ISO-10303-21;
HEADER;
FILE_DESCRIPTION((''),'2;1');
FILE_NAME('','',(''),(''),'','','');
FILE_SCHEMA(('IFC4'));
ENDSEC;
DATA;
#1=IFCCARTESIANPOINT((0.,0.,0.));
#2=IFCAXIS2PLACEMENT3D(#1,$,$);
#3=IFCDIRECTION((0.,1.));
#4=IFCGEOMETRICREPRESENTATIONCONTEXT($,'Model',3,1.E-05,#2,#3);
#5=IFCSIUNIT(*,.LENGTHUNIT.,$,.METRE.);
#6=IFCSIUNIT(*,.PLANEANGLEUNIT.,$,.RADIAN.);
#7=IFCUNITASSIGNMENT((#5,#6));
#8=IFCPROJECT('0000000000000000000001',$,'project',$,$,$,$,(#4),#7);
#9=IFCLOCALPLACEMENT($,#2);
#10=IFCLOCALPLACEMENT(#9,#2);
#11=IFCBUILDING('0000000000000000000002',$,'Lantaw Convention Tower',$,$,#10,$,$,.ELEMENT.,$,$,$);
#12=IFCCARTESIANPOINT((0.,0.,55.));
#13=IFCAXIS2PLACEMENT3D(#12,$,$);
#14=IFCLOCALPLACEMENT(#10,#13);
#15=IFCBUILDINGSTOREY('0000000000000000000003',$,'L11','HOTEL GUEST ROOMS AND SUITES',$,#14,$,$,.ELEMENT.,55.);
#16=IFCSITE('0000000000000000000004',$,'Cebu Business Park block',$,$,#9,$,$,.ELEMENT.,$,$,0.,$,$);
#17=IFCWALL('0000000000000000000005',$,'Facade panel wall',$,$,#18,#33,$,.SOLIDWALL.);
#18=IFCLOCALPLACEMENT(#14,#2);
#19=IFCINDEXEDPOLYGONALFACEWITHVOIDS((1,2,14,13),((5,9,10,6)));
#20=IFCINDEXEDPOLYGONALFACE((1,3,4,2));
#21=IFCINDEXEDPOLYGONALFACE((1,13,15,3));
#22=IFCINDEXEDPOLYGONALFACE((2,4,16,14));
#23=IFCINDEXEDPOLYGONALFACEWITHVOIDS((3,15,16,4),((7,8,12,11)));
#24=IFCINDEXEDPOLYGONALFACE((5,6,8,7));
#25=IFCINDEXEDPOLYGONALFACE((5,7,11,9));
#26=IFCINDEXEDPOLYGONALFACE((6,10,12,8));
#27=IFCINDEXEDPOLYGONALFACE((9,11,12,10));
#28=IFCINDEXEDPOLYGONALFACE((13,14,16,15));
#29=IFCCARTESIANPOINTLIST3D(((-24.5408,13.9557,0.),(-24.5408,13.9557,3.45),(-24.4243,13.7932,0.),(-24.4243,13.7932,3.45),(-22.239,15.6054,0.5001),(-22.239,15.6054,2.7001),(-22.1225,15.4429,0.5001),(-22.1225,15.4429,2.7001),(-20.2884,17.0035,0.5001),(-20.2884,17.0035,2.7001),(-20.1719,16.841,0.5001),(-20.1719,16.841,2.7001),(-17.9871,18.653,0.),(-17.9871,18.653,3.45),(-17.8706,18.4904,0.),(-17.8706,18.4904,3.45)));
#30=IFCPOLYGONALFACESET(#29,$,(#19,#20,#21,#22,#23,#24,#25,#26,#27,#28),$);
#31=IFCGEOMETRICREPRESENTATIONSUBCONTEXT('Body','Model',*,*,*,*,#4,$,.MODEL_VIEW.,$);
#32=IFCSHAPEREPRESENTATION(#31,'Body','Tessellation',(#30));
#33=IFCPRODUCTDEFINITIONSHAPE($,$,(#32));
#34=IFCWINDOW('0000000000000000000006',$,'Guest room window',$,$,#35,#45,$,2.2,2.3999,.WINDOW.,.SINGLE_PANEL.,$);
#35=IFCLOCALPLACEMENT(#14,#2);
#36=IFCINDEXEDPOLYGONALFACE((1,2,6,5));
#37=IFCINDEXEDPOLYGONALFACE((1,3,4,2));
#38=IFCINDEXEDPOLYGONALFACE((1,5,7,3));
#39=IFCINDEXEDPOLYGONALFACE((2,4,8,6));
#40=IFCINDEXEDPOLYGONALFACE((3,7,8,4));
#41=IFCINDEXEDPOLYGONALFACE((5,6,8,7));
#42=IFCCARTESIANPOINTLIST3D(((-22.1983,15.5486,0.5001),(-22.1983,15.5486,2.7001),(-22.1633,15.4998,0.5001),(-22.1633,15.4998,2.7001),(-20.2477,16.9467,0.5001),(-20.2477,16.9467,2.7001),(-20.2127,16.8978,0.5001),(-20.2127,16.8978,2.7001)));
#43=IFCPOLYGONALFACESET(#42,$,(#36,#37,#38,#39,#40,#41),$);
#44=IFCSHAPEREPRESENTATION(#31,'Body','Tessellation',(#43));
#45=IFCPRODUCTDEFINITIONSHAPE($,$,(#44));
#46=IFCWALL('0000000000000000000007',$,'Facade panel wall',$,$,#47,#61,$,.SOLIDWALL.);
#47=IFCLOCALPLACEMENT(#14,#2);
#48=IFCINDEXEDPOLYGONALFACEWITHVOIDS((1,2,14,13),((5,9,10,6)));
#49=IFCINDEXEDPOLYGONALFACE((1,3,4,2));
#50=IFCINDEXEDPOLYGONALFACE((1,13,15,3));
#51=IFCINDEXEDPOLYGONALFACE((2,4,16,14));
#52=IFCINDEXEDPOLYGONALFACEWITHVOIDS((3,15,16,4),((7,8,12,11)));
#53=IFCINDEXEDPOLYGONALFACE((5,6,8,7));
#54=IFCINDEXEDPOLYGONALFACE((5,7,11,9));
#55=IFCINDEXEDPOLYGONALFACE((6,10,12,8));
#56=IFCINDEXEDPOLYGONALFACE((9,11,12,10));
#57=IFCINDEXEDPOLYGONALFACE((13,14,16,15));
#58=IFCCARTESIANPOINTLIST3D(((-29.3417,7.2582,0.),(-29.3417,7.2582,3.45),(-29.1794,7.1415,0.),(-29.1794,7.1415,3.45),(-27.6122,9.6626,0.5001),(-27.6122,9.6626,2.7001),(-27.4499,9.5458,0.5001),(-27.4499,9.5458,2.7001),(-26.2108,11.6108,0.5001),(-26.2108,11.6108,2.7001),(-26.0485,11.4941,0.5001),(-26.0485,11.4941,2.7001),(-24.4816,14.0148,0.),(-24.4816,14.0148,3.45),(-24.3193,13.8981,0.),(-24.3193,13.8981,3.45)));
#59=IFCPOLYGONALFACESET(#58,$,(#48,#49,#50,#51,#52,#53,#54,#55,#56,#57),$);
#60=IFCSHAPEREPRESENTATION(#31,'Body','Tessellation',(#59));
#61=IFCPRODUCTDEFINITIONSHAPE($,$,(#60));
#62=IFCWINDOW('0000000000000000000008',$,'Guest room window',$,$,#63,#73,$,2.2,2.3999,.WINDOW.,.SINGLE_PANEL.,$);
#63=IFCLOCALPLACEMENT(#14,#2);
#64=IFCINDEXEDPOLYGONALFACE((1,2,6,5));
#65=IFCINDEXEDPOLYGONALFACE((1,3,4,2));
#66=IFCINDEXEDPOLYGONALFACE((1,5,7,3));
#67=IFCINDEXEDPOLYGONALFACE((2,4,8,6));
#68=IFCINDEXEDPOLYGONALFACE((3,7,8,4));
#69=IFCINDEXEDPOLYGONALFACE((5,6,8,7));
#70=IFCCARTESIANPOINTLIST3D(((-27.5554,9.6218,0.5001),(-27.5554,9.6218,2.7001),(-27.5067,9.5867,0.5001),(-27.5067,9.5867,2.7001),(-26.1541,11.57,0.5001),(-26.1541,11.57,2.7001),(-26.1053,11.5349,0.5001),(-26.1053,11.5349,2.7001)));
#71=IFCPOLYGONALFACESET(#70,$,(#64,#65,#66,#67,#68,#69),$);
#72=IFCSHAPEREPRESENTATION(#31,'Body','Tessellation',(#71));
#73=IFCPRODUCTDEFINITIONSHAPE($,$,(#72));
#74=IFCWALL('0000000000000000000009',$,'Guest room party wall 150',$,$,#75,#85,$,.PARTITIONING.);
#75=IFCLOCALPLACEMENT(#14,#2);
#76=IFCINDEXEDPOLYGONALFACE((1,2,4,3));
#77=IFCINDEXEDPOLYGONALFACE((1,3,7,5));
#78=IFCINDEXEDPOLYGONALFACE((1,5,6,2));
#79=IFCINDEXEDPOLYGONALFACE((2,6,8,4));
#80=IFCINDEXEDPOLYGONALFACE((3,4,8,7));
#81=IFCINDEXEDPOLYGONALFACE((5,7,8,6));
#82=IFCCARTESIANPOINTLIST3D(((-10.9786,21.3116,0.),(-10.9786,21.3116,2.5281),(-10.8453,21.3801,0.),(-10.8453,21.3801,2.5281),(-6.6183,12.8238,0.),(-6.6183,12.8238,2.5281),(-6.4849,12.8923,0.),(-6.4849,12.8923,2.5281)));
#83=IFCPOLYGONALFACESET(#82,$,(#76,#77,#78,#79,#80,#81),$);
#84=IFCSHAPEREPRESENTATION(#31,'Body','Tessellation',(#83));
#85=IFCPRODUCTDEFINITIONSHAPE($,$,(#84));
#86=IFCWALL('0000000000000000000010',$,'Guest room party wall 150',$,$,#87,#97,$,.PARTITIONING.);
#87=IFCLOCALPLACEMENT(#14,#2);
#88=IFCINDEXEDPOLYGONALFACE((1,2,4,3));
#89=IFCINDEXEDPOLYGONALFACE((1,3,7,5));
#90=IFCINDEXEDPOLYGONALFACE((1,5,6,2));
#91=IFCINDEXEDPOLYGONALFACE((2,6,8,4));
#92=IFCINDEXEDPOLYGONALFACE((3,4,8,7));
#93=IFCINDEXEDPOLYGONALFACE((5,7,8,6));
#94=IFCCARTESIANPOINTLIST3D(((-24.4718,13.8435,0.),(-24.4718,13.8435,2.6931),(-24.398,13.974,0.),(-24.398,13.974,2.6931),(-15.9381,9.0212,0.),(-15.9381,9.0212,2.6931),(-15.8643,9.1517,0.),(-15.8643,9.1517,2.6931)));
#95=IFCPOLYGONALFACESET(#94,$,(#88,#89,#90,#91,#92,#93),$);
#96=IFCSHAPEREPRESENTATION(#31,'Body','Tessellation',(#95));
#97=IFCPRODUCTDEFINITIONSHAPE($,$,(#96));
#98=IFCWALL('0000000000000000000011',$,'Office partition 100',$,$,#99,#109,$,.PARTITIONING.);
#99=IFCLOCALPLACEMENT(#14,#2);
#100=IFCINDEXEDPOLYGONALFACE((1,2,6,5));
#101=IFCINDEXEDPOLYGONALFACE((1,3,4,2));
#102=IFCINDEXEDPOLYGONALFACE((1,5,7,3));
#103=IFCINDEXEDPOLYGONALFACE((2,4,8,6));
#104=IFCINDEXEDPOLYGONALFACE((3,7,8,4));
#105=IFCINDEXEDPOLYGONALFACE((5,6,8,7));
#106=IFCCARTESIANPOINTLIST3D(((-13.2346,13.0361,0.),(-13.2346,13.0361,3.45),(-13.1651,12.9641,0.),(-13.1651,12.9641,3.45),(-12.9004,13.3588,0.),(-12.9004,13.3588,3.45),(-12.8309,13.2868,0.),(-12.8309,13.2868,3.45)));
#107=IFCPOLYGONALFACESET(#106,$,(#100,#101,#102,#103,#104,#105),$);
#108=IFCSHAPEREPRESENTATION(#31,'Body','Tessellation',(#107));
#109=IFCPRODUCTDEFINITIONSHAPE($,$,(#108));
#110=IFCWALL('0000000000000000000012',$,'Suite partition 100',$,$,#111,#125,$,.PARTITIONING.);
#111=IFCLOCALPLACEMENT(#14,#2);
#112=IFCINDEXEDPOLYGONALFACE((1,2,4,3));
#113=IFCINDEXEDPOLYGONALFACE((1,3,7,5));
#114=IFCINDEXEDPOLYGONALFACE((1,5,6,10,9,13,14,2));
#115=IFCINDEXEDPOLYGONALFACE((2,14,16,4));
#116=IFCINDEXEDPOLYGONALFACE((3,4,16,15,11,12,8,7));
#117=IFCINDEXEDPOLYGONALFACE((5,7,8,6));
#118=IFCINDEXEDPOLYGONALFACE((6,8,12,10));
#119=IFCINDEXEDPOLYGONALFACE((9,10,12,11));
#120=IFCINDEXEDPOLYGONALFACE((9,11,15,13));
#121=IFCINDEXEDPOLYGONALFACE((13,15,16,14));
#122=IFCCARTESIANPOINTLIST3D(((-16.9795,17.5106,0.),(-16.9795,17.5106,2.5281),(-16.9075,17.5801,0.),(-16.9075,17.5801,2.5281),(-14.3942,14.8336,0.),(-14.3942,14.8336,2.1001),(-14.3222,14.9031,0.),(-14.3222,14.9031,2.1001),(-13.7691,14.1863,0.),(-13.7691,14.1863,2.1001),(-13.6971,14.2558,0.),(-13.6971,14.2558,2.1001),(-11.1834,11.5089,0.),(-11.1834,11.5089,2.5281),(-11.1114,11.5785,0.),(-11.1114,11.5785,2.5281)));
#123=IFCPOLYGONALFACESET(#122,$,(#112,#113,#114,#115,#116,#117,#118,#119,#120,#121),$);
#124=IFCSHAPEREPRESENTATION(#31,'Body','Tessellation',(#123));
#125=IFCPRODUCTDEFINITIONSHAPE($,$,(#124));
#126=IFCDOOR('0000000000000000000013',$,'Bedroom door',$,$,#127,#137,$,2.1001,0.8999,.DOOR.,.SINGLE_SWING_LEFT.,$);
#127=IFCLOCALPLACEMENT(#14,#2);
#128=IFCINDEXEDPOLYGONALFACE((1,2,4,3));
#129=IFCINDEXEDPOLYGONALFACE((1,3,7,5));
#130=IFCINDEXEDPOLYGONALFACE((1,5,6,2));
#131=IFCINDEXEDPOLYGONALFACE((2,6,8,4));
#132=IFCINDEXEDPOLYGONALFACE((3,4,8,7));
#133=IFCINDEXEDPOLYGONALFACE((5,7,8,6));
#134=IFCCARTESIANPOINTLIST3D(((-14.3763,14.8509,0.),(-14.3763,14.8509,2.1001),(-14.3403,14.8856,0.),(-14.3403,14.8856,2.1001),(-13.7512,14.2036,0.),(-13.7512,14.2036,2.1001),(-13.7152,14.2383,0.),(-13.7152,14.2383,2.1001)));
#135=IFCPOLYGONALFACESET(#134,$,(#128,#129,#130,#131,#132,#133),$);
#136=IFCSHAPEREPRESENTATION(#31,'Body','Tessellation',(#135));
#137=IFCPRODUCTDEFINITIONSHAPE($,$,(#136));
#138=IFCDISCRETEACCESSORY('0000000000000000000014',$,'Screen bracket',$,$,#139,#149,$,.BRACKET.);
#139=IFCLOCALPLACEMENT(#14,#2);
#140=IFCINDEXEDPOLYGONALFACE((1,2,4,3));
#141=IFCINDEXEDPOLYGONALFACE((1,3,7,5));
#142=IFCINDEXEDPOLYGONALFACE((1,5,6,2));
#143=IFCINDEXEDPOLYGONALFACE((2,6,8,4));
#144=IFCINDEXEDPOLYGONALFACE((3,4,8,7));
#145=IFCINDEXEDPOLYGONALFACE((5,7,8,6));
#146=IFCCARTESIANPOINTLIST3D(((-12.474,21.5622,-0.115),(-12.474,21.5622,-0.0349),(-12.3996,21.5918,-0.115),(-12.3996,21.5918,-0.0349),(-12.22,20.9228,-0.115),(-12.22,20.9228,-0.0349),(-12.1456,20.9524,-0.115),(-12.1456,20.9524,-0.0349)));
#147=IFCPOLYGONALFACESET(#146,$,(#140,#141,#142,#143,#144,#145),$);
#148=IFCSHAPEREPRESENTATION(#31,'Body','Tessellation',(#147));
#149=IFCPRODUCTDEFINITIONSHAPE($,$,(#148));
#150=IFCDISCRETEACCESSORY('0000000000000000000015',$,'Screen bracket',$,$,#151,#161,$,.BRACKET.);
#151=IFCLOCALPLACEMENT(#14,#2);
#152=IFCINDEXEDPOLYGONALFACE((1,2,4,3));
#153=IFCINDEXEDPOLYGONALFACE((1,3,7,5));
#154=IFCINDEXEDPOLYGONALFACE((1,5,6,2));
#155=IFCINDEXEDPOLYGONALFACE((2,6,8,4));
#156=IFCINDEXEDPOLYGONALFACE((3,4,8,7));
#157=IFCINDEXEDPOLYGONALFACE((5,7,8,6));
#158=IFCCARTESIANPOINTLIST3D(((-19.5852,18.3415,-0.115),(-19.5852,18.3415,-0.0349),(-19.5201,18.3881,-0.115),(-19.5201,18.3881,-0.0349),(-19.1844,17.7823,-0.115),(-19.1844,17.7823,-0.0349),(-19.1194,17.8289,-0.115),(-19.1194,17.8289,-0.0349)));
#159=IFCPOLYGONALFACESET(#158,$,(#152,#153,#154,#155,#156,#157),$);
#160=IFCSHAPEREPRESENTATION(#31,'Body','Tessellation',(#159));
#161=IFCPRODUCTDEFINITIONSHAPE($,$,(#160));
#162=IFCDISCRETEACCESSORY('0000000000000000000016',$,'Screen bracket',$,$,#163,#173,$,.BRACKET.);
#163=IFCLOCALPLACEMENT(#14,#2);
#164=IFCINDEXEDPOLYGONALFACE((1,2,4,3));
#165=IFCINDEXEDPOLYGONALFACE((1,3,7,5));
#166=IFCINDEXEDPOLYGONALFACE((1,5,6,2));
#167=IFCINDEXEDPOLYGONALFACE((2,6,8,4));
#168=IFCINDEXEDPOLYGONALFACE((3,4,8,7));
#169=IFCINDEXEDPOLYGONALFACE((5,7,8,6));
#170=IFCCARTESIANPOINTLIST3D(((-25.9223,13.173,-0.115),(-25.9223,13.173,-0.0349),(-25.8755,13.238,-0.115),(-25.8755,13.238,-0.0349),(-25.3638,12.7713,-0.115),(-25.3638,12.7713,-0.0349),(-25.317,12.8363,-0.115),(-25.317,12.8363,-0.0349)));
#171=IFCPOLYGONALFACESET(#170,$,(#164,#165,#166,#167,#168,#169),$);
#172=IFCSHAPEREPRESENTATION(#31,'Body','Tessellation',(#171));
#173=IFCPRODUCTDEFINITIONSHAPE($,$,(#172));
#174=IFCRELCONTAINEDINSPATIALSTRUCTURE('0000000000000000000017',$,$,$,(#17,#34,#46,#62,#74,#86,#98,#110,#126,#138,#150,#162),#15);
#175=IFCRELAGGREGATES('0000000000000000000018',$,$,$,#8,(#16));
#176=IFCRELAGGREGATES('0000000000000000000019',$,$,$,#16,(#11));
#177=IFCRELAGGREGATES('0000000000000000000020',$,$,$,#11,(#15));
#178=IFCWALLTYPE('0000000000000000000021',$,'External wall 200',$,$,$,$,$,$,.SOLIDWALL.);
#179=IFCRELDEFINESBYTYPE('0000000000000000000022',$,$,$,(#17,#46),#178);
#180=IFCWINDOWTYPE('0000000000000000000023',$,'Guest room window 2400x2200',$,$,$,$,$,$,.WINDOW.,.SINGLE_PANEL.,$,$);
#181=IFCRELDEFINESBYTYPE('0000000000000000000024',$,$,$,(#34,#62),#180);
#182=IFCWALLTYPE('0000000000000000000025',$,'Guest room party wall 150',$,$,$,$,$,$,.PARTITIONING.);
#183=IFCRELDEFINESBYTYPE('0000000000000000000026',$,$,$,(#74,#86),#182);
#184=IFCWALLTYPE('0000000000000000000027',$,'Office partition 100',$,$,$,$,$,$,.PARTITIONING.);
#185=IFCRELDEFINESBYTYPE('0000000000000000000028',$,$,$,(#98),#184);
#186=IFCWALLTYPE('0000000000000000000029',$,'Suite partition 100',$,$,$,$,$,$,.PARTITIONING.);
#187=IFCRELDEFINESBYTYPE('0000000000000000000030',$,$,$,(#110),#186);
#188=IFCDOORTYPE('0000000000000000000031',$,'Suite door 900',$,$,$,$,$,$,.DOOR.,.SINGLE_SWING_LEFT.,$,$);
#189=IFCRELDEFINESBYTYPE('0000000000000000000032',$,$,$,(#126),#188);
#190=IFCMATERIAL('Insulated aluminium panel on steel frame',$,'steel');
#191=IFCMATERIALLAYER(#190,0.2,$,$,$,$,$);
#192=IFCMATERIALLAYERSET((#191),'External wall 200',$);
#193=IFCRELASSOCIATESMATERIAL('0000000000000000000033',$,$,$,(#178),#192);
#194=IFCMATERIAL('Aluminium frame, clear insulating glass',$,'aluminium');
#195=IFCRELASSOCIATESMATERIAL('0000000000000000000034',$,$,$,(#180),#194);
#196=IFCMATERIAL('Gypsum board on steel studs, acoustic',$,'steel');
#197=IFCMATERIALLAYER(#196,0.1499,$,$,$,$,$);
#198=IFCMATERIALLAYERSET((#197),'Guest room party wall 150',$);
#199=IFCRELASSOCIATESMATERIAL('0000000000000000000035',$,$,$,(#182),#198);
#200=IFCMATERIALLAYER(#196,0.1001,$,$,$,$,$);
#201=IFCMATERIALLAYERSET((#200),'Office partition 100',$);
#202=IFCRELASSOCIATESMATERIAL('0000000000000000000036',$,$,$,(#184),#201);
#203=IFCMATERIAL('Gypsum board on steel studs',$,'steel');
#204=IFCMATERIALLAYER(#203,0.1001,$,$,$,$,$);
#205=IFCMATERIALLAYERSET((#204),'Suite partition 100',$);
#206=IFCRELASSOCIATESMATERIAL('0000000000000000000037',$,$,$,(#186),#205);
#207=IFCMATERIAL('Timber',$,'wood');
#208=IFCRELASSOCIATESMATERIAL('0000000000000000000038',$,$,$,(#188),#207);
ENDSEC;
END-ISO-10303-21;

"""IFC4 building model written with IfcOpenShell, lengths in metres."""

from ifc_helpers import new_model, si_unit, direction, frame, frame_2d, origin, origin_2d, place, context, subcontext, project, spatial, rectangle, extrude, material, layer, layer_set, type_object, element, fill, save


model = new_model("IFC4")

# Units and contexts
model_context = context("Model", 3, precision=1e-05, world=origin(), true_north=direction((0.0, 1.0)))
body_context = subcontext(model_context, "Body", "Model", "MODEL_VIEW")
ifc_project = project(units=[si_unit("LENGTHUNIT", "METRE"), si_unit("PLANEANGLEUNIT", "RADIAN")], contexts=[model_context])

# Site, building, storey
site_placement = place(None, origin())
site = spatial("IfcSite", under=ifc_project, at=site_placement, Name="Cebu Business Park block", CompositionType="ELEMENT", RefElevation=0.0)
building_placement = place(site_placement, origin())
building = spatial("IfcBuilding", under=site, at=building_placement, Name="Lantaw Convention Tower", CompositionType="ELEMENT")
storey_placement = place(building_placement, frame((0.0, 0.0, 55.0)))
storey = spatial("IfcBuildingStorey", under=building, at=storey_placement, Name="L11", Description="HOTEL GUEST ROOMS AND SUITES", CompositionType="ELEMENT", Elevation=55.0)

# Walls, openings, windows
ifc_material_1 = material(Name="Insulated aluminium panel on steel frame", Category="steel")
ifc_layer_1 = layer(ifc_material_1, 0.2)
ifc_layer_set_1 = layer_set([ifc_layer_1], Name="External wall 200")
wall_type_1 = type_object("IfcWallType", Name="External wall 200", PredefinedType="SOLIDWALL", material=ifc_layer_set_1)
ifc_material_2 = material(Name="Aluminium frame, clear insulating glass", Category="aluminium")
window_type = type_object("IfcWindowType", Name="Guest room window 2400x2200", PartitioningType="SINGLE_PANEL", PredefinedType="WINDOW", material=ifc_material_2)
wall_1_placement = place(storey_placement, frame((-17.9287, 18.5718, 0.0), z_axis=(0.0, 0.0, 1.0), x_axis=(-0.812791, -0.582555, 0.0)))
wall_1 = element("IfcWall", 1, at=wall_1_placement, inside=storey, type_object=wall_type_1, Name="Facade panel wall", PredefinedType="SOLIDWALL", context=body_context, shape_type="SweptSolid", body=[
    extrude(rectangle(XDim=8.0632, YDim=0.2, at=frame_2d((4.0317, 0.0))), origin(), (0.0, 0.0, 1.0), 3.45),
])
opening_1_placement = place(wall_1_placement, frame((2.8315, 0.0, 0.5)))
opening_1 = element("IfcOpeningElement", 2, at=opening_1_placement, cuts=wall_1, PredefinedType="OPENING", context=body_context, shape_type="SweptSolid", body=[
    extrude(rectangle(XDim=2.3999, YDim=2.2, at=frame_2d((1.2, 1.1001))), frame((0.0, 0.1099, 0.0), z_axis=(0.0, -1.0, 0.0), x_axis=(1.0, 0.0, 0.0)), (0.0, 0.0, 1.0), 0.22),
])
window_1_placement = place(opening_1_placement, origin())
window_1 = element("IfcWindow", 3, at=window_1_placement, inside=storey, type_object=window_type, Name="Guest room window", OverallHeight=2.2, OverallWidth=2.3999, PartitioningType="SINGLE_PANEL", PredefinedType="WINDOW", context=body_context, shape_type="SweptSolid", body=[
    extrude(rectangle(XDim=2.3999, YDim=2.2, at=frame_2d((1.2, 1.1001))), frame((0.0, 0.03, 0.0), z_axis=(0.0, -1.0, 0.0), x_axis=(1.0, 0.0, 0.0)), (0.0, 0.0, 1.0), 0.0601),
])
fill(opening_1, window_1)
wall_2_placement = place(storey_placement, frame((-24.4004, 13.9565, 0.0), z_axis=(0.0, 0.0, 1.0), x_axis=(-0.583938, -0.811799, 0.0)))
wall_2 = element("IfcWall", 4, at=wall_2_placement, inside=storey, type_object=wall_type_1, Name="Facade panel wall", PredefinedType="SOLIDWALL", context=body_context, shape_type="SweptSolid", body=[
    extrude(rectangle(XDim=8.323, YDim=0.2, at=frame_2d((4.1616, 0.0))), origin(), (0.0, 0.0, 1.0), 3.45),
])
opening_2_placement = place(wall_2_placement, frame((2.9614, 0.0, 0.5)))
opening_2 = element("IfcOpeningElement", 5, at=opening_2_placement, cuts=wall_2, PredefinedType="OPENING", context=body_context, shape_type="SweptSolid", body=[
    extrude(rectangle(XDim=2.3999, YDim=2.2, at=frame_2d((1.2, 1.1001))), frame((0.0, 0.1099, 0.0), z_axis=(0.0, -1.0, 0.0), x_axis=(1.0, 0.0, 0.0)), (0.0, 0.0, 1.0), 0.22),
])
window_2_placement = place(opening_2_placement, origin())
window_2 = element("IfcWindow", 6, at=window_2_placement, inside=storey, type_object=window_type, Name="Guest room window", OverallHeight=2.2, OverallWidth=2.3999, PartitioningType="SINGLE_PANEL", PredefinedType="WINDOW", context=body_context, shape_type="SweptSolid", body=[
    extrude(rectangle(XDim=2.3999, YDim=2.2, at=frame_2d((1.2, 1.1001))), frame((0.0, 0.03, 0.0), z_axis=(0.0, -1.0, 0.0), x_axis=(1.0, 0.0, 0.0)), (0.0, 0.0, 1.0), 0.0601),
])
fill(opening_2, window_2)

# Walls
ifc_material_3 = material(Name="Gypsum board on steel studs, acoustic", Category="steel")
ifc_layer_2 = layer(ifc_material_3, 0.1499)
ifc_layer_set_2 = layer_set([ifc_layer_2], Name="Guest room party wall 150")
wall_type_2 = type_object("IfcWallType", Name="Guest room party wall 150", PredefinedType="PARTITIONING", material=ifc_layer_set_2)
wall_3_placement = place(storey_placement, frame((-10.9119, 21.3457, 0.0), z_axis=(0.0, 0.0, 1.0), x_axis=(0.45695, -0.889492, 0.0)))
element("IfcWall", 7, at=wall_3_placement, inside=storey, type_object=wall_type_2, Name="Guest room party wall 150", PredefinedType="PARTITIONING", context=body_context, shape_type="SweptSolid", body=[
    extrude(rectangle(XDim=9.5422, YDim=0.1499, at=frame_2d((4.771, 0.0))), origin(), (0.0, 0.0, 1.0), 2.5281),
])
wall_4_placement = place(storey_placement, frame((-24.4348, 13.9087, 0.0), z_axis=(0.0, 0.0, 1.0), x_axis=(0.870612, -0.49197, 0.0)))
element("IfcWall", 8, at=wall_4_placement, inside=storey, type_object=wall_type_2, Name="Guest room party wall 150", PredefinedType="PARTITIONING", context=body_context, shape_type="SweptSolid", body=[
    extrude(rectangle(XDim=9.802, YDim=0.1499, at=frame_2d((4.9009, 0.0))), origin(), (0.0, 0.0, 1.0), 2.6931),
])
ifc_layer_3 = layer(ifc_material_3, 0.1001)
ifc_layer_set_3 = layer_set([ifc_layer_3], Name="Office partition 100")
wall_type_3 = type_object("IfcWallType", Name="Office partition 100", PredefinedType="PARTITIONING", material=ifc_layer_set_3)
wall_5_placement = place(storey_placement, frame((-13.2, 13.0, 0.0), z_axis=(0.0, 0.0, 1.0), x_axis=(0.719347, 0.694651, 0.0)))
element("IfcWall", 9, at=wall_5_placement, inside=storey, type_object=wall_type_3, Name="Office partition 100", PredefinedType="PARTITIONING", context=body_context, shape_type="SweptSolid", body=[
    extrude(rectangle(XDim=0.4646, YDim=0.1001, at=frame_2d((0.2324, 0.0))), origin(), (0.0, 0.0, 1.0), 3.45),
])

# Wall, opening, door
ifc_material_4 = material(Name="Gypsum board on steel studs", Category="steel")
ifc_layer_4 = layer(ifc_material_4, 0.1001)
ifc_layer_set_4 = layer_set([ifc_layer_4], Name="Suite partition 100")
wall_type_4 = type_object("IfcWallType", Name="Suite partition 100", PredefinedType="PARTITIONING", material=ifc_layer_set_4)
wall_6_placement = place(storey_placement, frame((-16.9436, 17.5454, 0.0), z_axis=(0.0, 0.0, 1.0), x_axis=(0.694681, -0.719318, 0.0)))
wall_6 = element("IfcWall", 10, at=wall_6_placement, inside=storey, type_object=wall_type_4, Name="Suite partition 100", PredefinedType="PARTITIONING", context=body_context, shape_type="SweptSolid", body=[
    extrude(rectangle(XDim=8.3435, YDim=0.1001, at=frame_2d((4.1719, 0.0))), origin(), (0.0, 0.0, 1.0), 2.5281),
])
opening_3_placement = place(wall_6_placement, frame((3.7217, 0.0, 0.0)))
opening_3 = element("IfcOpeningElement", 11, at=opening_3_placement, cuts=wall_6, PredefinedType="OPENING", context=body_context, shape_type="SweptSolid", body=[
    extrude(rectangle(XDim=0.8999, YDim=2.1001, at=frame_2d((0.45, 1.05))), frame((0.0, 0.0601, 0.0), z_axis=(0.0, -1.0, 0.0), x_axis=(1.0, 0.0, 0.0)), (0.0, 0.0, 1.0), 0.1201),
])
ifc_material_5 = material(Name="Timber", Category="wood")
door_type_1 = type_object("IfcDoorType", Name="Suite door 900", OperationType="SINGLE_SWING_LEFT", PredefinedType="DOOR", material=ifc_material_5)
door_1_placement = place(opening_3_placement, origin())
door_1 = element("IfcDoor", 12, at=door_1_placement, inside=storey, type_object=door_type_1, Name="Bedroom door", OperationType="SINGLE_SWING_LEFT", OverallHeight=2.1001, OverallWidth=0.8999, PredefinedType="DOOR", context=body_context, shape_type="SweptSolid", body=[
    extrude(rectangle(XDim=0.8999, YDim=2.1001, at=frame_2d((0.45, 1.05))), frame((0.0, 0.0249, 0.0), z_axis=(0.0, -1.0, 0.0), x_axis=(1.0, 0.0, 0.0)), (0.0, 0.0, 1.0), 0.05),
])
fill(opening_3, door_1)

# Discrete accessories
for number, where, z_axis, x_axis, name in (
    (13, (-12.3098, 21.2573, -0.115), (0.0, 0.0, 1.0), (-0.929361, -0.369172, 0.0), "Screen bracket"),
    (14, (-19.3523, 18.0852, -0.115), (0.0, 0.0, 1.0), (-0.812804, -0.582538, 0.0), "Screen bracket"),
    (15, (-25.6196, 13.0046, -0.115), (0.0, 0.0, 1.0), (-0.583951, -0.811789, 0.0), "Screen bracket"),
):
    element("IfcDiscreteAccessory", number, at=place(storey_placement, frame(where, z_axis=z_axis, x_axis=x_axis)), inside=storey, Name=name, PredefinedType="BRACKET", context=body_context, shape_type="SweptSolid", body=[
        extrude(rectangle(XDim=0.0801, YDim=0.688, at=origin_2d()), origin(), (0.0, 0.0, 1.0), 0.0801),
    ])

save(model, "model.ifc")
